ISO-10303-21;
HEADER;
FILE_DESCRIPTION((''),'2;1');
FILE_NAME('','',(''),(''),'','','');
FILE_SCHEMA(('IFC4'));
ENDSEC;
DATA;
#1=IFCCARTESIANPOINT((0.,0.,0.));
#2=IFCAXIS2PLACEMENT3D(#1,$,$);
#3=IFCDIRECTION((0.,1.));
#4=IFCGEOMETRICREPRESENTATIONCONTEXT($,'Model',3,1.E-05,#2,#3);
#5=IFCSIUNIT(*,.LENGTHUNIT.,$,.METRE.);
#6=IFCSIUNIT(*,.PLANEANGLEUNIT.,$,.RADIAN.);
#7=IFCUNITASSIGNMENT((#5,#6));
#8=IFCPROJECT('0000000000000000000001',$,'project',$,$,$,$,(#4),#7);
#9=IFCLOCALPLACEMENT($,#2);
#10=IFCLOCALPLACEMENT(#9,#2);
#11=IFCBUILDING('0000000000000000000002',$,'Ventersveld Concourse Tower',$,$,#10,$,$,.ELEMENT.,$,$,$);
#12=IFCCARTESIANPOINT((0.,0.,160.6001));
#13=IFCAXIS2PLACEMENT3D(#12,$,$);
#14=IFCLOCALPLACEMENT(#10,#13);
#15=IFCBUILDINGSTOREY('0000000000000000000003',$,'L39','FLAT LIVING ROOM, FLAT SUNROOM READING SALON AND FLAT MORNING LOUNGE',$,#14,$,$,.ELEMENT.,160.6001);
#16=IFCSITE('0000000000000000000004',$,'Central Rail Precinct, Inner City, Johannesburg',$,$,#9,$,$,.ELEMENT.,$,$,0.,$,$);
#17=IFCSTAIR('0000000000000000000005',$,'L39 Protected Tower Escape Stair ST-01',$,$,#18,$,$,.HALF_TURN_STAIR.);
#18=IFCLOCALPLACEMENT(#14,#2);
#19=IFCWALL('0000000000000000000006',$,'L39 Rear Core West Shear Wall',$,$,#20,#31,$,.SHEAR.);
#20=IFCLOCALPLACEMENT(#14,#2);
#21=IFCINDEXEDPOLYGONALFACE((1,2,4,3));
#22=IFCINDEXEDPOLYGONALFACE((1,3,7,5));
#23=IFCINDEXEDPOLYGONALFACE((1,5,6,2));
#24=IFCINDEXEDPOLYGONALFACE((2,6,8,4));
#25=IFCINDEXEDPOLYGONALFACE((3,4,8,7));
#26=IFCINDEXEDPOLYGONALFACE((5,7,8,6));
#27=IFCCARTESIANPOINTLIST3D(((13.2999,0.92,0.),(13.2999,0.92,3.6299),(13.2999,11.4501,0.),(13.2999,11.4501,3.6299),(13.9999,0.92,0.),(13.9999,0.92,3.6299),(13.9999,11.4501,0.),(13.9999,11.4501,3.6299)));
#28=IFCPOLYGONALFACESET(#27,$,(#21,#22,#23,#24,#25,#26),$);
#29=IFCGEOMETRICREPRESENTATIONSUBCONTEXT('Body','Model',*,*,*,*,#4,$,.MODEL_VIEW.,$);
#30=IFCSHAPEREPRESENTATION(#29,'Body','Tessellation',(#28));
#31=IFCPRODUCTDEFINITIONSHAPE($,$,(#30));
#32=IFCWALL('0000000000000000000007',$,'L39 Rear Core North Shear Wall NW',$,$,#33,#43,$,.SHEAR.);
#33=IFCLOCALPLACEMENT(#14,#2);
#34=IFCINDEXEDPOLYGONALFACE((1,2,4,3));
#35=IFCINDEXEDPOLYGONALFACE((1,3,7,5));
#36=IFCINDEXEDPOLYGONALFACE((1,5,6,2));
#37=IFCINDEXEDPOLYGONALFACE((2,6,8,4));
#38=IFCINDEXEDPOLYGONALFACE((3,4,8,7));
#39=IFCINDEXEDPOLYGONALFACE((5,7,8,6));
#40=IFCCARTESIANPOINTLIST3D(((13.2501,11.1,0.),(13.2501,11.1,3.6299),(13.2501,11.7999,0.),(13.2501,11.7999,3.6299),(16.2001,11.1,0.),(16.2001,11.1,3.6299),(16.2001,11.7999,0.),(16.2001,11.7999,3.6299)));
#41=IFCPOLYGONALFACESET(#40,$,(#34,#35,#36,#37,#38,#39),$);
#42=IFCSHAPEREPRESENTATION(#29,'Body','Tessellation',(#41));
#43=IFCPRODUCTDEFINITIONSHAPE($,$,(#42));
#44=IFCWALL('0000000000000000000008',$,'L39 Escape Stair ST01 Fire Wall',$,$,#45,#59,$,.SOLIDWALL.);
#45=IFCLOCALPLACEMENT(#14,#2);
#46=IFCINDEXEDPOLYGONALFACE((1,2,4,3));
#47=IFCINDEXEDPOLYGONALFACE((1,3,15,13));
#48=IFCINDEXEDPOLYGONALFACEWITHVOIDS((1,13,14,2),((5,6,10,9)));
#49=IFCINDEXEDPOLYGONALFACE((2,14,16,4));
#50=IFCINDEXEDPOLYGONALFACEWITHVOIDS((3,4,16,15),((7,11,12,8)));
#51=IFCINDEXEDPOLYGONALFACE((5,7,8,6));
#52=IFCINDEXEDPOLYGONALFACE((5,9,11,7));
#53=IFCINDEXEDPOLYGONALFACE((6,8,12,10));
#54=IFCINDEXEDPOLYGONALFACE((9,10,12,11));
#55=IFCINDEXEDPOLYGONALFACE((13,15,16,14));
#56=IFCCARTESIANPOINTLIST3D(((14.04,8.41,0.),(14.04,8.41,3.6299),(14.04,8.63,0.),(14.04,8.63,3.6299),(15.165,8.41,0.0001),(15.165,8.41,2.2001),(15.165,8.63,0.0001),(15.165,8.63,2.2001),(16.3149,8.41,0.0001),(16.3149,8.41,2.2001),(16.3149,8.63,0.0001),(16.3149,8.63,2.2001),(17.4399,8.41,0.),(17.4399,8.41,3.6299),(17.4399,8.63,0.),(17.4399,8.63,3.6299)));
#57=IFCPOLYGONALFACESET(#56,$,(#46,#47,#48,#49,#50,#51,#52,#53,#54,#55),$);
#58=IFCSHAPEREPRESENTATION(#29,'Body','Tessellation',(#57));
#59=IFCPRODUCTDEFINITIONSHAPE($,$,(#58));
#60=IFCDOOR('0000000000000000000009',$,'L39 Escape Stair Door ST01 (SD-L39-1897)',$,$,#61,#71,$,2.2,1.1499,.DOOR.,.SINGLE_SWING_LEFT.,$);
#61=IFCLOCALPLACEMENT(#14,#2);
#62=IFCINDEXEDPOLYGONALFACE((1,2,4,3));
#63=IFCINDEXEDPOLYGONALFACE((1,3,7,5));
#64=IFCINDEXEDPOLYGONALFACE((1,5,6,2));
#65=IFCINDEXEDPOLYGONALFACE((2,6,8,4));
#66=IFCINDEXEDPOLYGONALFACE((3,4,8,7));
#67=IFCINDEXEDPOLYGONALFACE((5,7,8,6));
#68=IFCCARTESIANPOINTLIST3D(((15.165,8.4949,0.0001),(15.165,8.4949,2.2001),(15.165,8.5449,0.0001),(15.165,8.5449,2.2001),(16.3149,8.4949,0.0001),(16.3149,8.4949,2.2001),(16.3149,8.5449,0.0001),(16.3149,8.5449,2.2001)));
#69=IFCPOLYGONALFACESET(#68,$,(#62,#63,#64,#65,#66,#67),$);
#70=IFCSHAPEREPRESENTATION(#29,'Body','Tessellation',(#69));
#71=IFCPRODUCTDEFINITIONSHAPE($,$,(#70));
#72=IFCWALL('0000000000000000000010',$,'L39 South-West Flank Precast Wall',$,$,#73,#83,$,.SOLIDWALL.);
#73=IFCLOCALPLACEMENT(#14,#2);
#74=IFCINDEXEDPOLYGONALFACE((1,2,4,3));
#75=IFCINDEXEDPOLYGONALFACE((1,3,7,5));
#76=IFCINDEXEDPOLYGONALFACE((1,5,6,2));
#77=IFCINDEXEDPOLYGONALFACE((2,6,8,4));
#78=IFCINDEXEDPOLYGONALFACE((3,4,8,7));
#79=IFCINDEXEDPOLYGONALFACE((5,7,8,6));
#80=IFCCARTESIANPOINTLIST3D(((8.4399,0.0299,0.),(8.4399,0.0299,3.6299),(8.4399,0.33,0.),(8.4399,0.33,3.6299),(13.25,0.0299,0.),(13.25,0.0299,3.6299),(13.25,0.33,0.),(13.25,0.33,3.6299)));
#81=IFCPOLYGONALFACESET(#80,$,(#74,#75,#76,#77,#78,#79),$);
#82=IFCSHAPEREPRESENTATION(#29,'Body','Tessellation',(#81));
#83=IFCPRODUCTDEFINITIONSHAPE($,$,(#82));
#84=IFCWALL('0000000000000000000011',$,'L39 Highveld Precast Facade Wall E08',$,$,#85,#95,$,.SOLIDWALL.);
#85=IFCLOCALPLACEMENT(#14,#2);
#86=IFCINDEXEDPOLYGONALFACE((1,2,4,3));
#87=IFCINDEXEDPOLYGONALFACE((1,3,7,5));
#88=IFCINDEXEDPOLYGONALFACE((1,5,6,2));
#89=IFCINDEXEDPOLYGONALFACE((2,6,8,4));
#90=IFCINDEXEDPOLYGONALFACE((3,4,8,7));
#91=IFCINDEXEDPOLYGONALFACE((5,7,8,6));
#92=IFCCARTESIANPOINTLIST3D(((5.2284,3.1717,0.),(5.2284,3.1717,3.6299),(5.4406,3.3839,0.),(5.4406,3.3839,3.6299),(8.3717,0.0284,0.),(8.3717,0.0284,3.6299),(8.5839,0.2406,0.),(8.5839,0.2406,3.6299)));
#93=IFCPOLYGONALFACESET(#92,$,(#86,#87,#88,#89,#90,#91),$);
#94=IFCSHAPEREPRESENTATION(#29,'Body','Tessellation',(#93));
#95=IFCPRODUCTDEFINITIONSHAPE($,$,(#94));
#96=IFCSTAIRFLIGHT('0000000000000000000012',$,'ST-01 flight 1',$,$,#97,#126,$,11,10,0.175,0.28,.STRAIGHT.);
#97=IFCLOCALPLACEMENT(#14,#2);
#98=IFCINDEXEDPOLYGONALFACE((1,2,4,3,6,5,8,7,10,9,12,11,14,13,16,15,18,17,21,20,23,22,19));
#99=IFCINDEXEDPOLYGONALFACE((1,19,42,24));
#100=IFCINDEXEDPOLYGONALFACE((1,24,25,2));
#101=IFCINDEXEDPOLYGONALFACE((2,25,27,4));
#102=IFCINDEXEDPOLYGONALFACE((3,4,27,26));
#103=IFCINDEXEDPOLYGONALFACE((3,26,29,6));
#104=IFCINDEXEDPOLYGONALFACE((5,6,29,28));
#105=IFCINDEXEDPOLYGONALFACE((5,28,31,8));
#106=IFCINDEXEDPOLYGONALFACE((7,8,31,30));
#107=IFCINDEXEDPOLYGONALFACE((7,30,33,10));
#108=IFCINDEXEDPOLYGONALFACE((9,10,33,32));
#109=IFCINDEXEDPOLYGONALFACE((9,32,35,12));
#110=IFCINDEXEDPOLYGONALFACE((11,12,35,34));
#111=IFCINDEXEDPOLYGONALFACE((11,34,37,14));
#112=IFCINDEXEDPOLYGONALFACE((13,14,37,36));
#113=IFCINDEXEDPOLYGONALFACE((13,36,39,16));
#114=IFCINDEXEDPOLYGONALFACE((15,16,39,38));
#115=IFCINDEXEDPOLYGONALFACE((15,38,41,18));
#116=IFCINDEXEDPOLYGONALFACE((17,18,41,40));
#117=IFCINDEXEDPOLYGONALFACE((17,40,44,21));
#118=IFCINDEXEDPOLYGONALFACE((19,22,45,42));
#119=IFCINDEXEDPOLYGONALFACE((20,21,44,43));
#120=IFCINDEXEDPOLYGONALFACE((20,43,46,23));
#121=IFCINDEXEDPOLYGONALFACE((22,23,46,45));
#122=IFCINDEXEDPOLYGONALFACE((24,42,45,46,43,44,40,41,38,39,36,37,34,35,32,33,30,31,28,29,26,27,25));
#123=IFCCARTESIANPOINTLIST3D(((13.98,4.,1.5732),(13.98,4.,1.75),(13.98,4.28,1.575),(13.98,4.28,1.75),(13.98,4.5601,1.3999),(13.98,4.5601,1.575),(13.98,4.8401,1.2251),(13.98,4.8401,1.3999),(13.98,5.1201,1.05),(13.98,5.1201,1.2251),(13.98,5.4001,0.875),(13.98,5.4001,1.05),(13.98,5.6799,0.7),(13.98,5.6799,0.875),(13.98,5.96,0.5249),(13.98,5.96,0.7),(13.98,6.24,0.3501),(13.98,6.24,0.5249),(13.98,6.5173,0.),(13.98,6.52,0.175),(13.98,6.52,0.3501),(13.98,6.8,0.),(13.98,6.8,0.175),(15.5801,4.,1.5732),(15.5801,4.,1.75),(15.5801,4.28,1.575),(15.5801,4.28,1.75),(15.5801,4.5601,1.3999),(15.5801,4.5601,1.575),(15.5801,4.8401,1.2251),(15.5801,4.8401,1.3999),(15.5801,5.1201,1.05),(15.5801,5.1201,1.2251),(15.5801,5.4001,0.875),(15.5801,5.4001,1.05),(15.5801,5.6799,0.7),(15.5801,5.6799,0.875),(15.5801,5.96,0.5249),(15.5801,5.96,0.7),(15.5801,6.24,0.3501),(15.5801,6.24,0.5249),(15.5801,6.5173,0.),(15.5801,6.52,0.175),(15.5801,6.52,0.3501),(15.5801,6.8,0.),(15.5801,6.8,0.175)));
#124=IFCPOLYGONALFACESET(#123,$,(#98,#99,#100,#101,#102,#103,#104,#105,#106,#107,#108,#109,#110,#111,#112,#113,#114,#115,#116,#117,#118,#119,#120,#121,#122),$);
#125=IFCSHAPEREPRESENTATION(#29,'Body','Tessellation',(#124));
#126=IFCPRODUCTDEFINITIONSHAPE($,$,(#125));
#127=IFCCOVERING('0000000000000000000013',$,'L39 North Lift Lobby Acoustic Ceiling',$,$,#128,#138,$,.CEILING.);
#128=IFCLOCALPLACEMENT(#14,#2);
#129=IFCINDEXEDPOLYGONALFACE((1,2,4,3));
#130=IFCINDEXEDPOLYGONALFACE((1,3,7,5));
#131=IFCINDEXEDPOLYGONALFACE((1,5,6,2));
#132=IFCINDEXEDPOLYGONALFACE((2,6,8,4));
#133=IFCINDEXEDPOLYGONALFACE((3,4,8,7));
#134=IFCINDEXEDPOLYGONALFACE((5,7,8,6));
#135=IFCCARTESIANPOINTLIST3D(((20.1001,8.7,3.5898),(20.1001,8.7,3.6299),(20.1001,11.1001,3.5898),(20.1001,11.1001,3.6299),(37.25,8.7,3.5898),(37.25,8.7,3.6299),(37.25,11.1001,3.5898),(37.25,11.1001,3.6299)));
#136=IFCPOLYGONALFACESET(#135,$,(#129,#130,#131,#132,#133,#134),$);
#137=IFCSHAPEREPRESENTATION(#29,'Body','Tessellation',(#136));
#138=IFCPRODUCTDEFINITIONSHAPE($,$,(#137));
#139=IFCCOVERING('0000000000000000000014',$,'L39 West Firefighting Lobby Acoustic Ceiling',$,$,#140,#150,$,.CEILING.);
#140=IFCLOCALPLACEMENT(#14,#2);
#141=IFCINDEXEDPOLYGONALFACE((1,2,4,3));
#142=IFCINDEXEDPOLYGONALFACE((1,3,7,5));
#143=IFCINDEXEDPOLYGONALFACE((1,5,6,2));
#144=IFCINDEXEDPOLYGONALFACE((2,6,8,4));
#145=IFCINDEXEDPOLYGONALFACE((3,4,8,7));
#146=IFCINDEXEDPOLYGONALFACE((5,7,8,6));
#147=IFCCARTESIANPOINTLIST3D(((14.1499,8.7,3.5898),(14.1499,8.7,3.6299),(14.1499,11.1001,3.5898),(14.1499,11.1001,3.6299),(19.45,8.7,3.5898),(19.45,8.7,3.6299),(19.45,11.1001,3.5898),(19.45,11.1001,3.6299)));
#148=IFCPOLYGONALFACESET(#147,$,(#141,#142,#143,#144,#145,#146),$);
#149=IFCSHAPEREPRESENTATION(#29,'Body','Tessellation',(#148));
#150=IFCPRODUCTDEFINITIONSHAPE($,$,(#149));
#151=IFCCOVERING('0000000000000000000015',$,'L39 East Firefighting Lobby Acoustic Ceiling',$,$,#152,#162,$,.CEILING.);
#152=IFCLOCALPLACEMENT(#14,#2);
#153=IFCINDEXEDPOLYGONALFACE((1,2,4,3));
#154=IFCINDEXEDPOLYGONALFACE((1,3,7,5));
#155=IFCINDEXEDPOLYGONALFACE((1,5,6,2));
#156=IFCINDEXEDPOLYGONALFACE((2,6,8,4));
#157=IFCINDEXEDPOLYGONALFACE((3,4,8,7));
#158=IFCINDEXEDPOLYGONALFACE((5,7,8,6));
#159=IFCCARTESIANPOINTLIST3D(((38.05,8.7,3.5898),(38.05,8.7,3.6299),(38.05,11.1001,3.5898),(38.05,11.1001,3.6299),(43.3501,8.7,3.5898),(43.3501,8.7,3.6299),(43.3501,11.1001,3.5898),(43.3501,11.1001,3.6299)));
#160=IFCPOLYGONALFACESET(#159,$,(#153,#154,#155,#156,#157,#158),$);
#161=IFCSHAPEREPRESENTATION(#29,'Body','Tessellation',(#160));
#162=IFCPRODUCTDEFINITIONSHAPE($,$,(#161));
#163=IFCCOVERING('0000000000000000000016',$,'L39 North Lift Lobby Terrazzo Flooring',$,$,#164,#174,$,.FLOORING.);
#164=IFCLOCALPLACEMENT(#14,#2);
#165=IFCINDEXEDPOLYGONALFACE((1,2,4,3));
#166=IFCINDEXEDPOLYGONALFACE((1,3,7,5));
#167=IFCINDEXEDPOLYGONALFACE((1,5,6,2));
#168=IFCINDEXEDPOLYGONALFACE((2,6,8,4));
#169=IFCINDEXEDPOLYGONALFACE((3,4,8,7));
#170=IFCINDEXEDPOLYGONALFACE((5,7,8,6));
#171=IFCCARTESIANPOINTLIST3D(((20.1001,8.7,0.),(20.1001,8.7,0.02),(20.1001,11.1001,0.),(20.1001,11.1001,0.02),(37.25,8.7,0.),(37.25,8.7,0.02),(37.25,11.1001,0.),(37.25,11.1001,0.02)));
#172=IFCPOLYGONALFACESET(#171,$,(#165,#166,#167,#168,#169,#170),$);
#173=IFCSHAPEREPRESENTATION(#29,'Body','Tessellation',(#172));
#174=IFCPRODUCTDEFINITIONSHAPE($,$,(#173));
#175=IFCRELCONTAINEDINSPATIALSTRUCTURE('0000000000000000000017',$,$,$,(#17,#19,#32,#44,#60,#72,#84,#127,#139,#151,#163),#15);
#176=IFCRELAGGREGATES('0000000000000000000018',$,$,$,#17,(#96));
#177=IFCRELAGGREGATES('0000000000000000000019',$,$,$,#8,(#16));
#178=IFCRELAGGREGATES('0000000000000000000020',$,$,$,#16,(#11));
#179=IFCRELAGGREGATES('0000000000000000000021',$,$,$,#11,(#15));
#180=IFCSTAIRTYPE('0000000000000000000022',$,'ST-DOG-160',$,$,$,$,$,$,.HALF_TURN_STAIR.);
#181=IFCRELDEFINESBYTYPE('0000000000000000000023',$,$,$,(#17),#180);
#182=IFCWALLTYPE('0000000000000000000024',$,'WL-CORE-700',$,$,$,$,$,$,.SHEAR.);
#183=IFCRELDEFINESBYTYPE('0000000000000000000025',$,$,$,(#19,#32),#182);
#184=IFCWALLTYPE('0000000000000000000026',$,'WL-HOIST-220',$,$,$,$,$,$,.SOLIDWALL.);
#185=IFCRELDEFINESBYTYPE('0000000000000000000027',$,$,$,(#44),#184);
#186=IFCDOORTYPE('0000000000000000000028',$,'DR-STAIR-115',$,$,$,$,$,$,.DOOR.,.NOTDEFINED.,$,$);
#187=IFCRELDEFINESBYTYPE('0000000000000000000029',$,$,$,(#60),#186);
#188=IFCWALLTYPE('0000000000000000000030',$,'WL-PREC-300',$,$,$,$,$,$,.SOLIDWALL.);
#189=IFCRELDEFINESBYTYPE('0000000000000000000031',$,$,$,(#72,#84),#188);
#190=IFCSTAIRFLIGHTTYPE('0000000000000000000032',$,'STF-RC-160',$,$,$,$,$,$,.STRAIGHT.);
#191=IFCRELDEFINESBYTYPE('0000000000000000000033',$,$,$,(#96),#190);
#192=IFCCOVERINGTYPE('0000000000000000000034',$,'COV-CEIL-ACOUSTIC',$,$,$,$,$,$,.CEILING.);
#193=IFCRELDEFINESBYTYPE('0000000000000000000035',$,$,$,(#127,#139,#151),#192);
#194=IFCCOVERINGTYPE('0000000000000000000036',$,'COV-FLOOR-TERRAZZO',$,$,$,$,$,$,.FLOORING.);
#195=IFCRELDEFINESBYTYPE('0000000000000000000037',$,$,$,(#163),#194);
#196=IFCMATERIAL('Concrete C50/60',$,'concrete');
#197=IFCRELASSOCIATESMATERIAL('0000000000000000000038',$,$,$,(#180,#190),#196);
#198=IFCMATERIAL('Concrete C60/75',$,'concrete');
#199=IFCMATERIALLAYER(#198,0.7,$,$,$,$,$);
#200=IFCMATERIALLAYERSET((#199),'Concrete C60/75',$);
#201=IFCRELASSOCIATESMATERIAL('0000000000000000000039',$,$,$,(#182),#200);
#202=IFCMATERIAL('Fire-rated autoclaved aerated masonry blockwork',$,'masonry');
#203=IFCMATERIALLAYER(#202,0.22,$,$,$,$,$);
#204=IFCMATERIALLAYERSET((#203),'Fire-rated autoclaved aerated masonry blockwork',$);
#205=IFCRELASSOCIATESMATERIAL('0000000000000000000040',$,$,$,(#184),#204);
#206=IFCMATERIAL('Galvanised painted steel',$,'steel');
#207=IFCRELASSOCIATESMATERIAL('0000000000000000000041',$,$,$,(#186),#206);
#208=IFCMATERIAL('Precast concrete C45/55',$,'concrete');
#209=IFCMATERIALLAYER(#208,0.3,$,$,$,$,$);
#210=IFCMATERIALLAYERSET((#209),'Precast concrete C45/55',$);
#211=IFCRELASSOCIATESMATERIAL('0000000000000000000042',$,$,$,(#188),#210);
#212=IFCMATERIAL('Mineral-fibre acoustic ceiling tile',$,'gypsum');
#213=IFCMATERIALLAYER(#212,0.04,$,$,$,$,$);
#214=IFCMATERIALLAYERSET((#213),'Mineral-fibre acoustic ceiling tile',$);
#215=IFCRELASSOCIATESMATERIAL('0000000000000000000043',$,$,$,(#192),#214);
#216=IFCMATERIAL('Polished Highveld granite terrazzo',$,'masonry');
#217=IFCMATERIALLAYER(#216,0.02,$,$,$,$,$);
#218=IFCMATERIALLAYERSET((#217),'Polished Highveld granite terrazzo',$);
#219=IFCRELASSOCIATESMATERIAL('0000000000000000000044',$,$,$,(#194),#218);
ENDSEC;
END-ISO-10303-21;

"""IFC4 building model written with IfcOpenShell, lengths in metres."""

from ifc_helpers import new_model, si_unit, direction, frame, frame_2d, origin, place, context, subcontext, project, spatial, polyline, rectangle, outline, extrude, material, layer, layer_set, type_object, element, fill, aggregate, save


model = new_model("IFC4")

# Units and contexts
model_context = context("Model", 3, precision=1e-05, world=origin(), true_north=direction((0.0, 1.0)))
body_context = subcontext(model_context, "Body", "Model", "MODEL_VIEW")
ifc_project = project(units=[si_unit("LENGTHUNIT", "METRE"), si_unit("PLANEANGLEUNIT", "RADIAN")], contexts=[model_context])

# Site, building, storey
site_placement = place(None, origin())
site = spatial("IfcSite", under=ifc_project, at=site_placement, Name="Central Rail Precinct, Inner City, Johannesburg", CompositionType="ELEMENT", RefElevation=0.0)
building_placement = place(site_placement, origin())
building = spatial("IfcBuilding", under=site, at=building_placement, Name="Ventersveld Concourse Tower", CompositionType="ELEMENT")
storey_placement = place(building_placement, frame((0.0, 0.0, 160.6001)))
storey = spatial("IfcBuildingStorey", under=building, at=storey_placement, Name="L39", Description="FLAT LIVING ROOM, FLAT SUNROOM READING SALON AND FLAT MORNING LOUNGE", CompositionType="ELEMENT", Elevation=160.6001)

# Shared definitions
ifc_material_1 = material(Name="Concrete C50/60", Category="concrete")

# Stair
stair_type_1 = type_object("IfcStairType", Name="ST-DOG-160", PredefinedType="HALF_TURN_STAIR", material=ifc_material_1)
stair_1_placement = place(storey_placement, origin())
stair_1 = element("IfcStair", 1, at=stair_1_placement, inside=storey, type_object=stair_type_1, Name="L39 Protected Tower Escape Stair ST-01", PredefinedType="HALF_TURN_STAIR")

# Walls
ifc_material_2 = material(Name="Concrete C60/75", Category="concrete")
ifc_layer_1 = layer(ifc_material_2, 0.7)
ifc_layer_set_1 = layer_set([ifc_layer_1], Name="Concrete C60/75")
wall_type_1 = type_object("IfcWallType", Name="WL-CORE-700", PredefinedType="SHEAR", material=ifc_layer_set_1)
wall_1_placement = place(storey_placement, frame((13.6499, 0.9199, 0.0), z_axis=(0.0, 0.0, 1.0), x_axis=(0.0, 1.0, 0.0)))
element("IfcWall", 2, at=wall_1_placement, inside=storey, type_object=wall_type_1, Name="L39 Rear Core West Shear Wall", PredefinedType="SHEAR", context=body_context, shape_type="SweptSolid", body=[
    extrude(rectangle(XDim=10.53, YDim=0.7, at=frame_2d((5.2651, 0.0))), origin(), (0.0, 0.0, 1.0), 3.6299),
])
wall_2_placement = place(storey_placement, frame((13.25, 11.45, 0.0), z_axis=(0.0, 0.0, 1.0), x_axis=(1.0, 0.0, 0.0)))
element("IfcWall", 3, at=wall_2_placement, inside=storey, type_object=wall_type_1, Name="L39 Rear Core North Shear Wall NW", PredefinedType="SHEAR", context=body_context, shape_type="SweptSolid", body=[
    extrude(rectangle(XDim=2.95, YDim=0.7, at=frame_2d((1.4751, 0.0))), origin(), (0.0, 0.0, 1.0), 3.6299),
])

# Wall, opening, door
ifc_material_3 = material(Name="Fire-rated autoclaved aerated masonry blockwork", Category="masonry")
ifc_layer_2 = layer(ifc_material_3, 0.22)
ifc_layer_set_2 = layer_set([ifc_layer_2], Name="Fire-rated autoclaved aerated masonry blockwork")
wall_type_2 = type_object("IfcWallType", Name="WL-HOIST-220", PredefinedType="SOLIDWALL", material=ifc_layer_set_2)
wall_3_placement = place(storey_placement, frame((14.04, 8.52, 0.0), z_axis=(0.0, 0.0, 1.0), x_axis=(1.0, 0.0, 0.0)))
wall_3 = element("IfcWall", 4, at=wall_3_placement, inside=storey, type_object=wall_type_2, Name="L39 Escape Stair ST01 Fire Wall", PredefinedType="SOLIDWALL", context=body_context, shape_type="SweptSolid", body=[
    extrude(rectangle(XDim=3.3999, YDim=0.22, at=frame_2d((1.7, 0.0))), origin(), (0.0, 0.0, 1.0), 3.6299),
])
opening_placement = place(wall_3_placement, frame((1.125, 0.0, 0.0)))
opening = element("IfcOpeningElement", 5, at=opening_placement, cuts=wall_3, PredefinedType="OPENING", context=body_context, shape_type="SweptSolid", body=[
    extrude(rectangle(XDim=1.1499, YDim=2.2, at=frame_2d((0.575, 1.1001))), frame((0.0, 0.1201, 0.0), z_axis=(0.0, -1.0, 0.0), x_axis=(1.0, 0.0, 0.0)), (0.0, 0.0, 1.0), 0.24),
])
ifc_material_4 = material(Name="Galvanised painted steel", Category="steel")
door_type = type_object("IfcDoorType", Name="DR-STAIR-115", OperationType="NOTDEFINED", PredefinedType="DOOR", material=ifc_material_4)
door_placement = place(opening_placement, origin())
door = element("IfcDoor", 6, at=door_placement, inside=storey, type_object=door_type, Name="L39 Escape Stair Door ST01 (SD-L39-1897)", OperationType="SINGLE_SWING_LEFT", OverallHeight=2.2, OverallWidth=1.1499, PredefinedType="DOOR", context=body_context, shape_type="SweptSolid", body=[
    extrude(rectangle(XDim=1.1499, YDim=2.2, at=frame_2d((0.575, 1.1001))), frame((0.0, 0.0249, 0.0), z_axis=(0.0, -1.0, 0.0), x_axis=(1.0, 0.0, 0.0)), (0.0, 0.0, 1.0), 0.05),
])
fill(opening, door)

# Walls
ifc_material_5 = material(Name="Precast concrete C45/55", Category="concrete")
ifc_layer_3 = layer(ifc_material_5, 0.3)
ifc_layer_set_3 = layer_set([ifc_layer_3], Name="Precast concrete C45/55")
wall_type_3 = type_object("IfcWallType", Name="WL-PREC-300", PredefinedType="SOLIDWALL", material=ifc_layer_set_3)
wall_4_placement = place(storey_placement, frame((8.4399, 0.1799, 0.0), z_axis=(0.0, 0.0, 1.0), x_axis=(1.0, 0.0, 0.0)))
element("IfcWall", 7, at=wall_4_placement, inside=storey, type_object=wall_type_3, Name="L39 South-West Flank Precast Wall", PredefinedType="SOLIDWALL", context=body_context, shape_type="SweptSolid", body=[
    extrude(rectangle(XDim=4.8101, YDim=0.3, at=frame_2d((2.405, 0.0))), origin(), (0.0, 0.0, 1.0), 3.6299),
])
wall_5_placement = place(storey_placement, frame((5.3345, 3.2778, 0.0), z_axis=(0.0, 0.0, 1.0), x_axis=(0.707107, -0.707107, 0.0)))
element("IfcWall", 8, at=wall_5_placement, inside=storey, type_object=wall_type_3, Name="L39 Highveld Precast Facade Wall E08", PredefinedType="SOLIDWALL", context=body_context, shape_type="SweptSolid", body=[
    extrude(rectangle(XDim=4.4453, YDim=0.3, at=frame_2d((2.2227, 0.0))), origin(), (0.0, 0.0, 1.0), 3.6299),
])

# Stair flight
stair_flight_type = type_object("IfcStairFlightType", Name="STF-RC-160", PredefinedType="STRAIGHT", material=ifc_material_1)
stair_flight_placement = place(storey_placement, frame((14.78, 6.8, 0.0), z_axis=(0.0, 0.0, 1.0), x_axis=(0.0, -1.0, 0.0)))
stair_flight = element("IfcStairFlight", 9, at=stair_flight_placement, type_object=stair_flight_type, Name="ST-01 flight 1", NumberOfRisers=11, NumberOfTreads=10, PredefinedType="STRAIGHT", RiserHeight=0.175, TreadLength=0.28, context=body_context, shape_type="SweptSolid", body=[
    extrude(outline(polyline([(0.0, 0.0), (0.0, 0.175), (0.28, 0.175), (0.28, 0.3501), (0.5601, 0.3501), (0.5601, 0.5249), (0.8401, 0.5249), (0.8401, 0.7), (1.1201, 0.7), (1.1201, 0.875), (1.3999, 0.875), (1.3999, 1.05), (1.6799, 1.05), (1.6799, 1.2251), (1.96, 1.2251), (1.96, 1.3999), (2.24, 1.3999), (2.24, 1.575), (2.52, 1.575), (2.52, 1.75), (2.8, 1.75), (2.8, 1.925), (2.8, 1.5732), (0.2827, 0.0), (0.0, 0.0)])), frame((0.0, 0.8, 0.0), z_axis=(0.0, -1.0, 0.0), x_axis=(1.0, 0.0, 0.0)), (0.0, 0.0, 1.0), 1.6001),
])
aggregate(stair_1, [stair_flight])

# Coverings
ifc_material_6 = material(Name="Mineral-fibre acoustic ceiling tile", Category="gypsum")
ifc_layer_4 = layer(ifc_material_6, 0.04)
ifc_layer_set_4 = layer_set([ifc_layer_4], Name="Mineral-fibre acoustic ceiling tile")
covering_type_1 = type_object("IfcCoveringType", Name="COV-CEIL-ACOUSTIC", PredefinedType="CEILING", material=ifc_layer_set_4)
covering_1_placement = place(storey_placement, frame((0.0, 0.0, 3.5898)))
element("IfcCovering", 10, at=covering_1_placement, inside=storey, type_object=covering_type_1, Name="L39 North Lift Lobby Acoustic Ceiling", PredefinedType="CEILING", context=body_context, shape_type="SweptSolid", body=[
    extrude(outline(polyline([(20.1001, 8.7), (37.25, 8.7), (37.25, 11.1001), (20.1001, 11.1001), (20.1001, 8.7)])), origin(), (0.0, 0.0, 1.0), 0.04),
])
covering_2_placement = place(storey_placement, frame((0.0, 0.0, 3.5898)))
element("IfcCovering", 11, at=covering_2_placement, inside=storey, type_object=covering_type_1, Name="L39 West Firefighting Lobby Acoustic Ceiling", PredefinedType="CEILING", context=body_context, shape_type="SweptSolid", body=[
    extrude(outline(polyline([(14.1499, 8.7), (19.45, 8.7), (19.45, 11.1001), (14.1499, 11.1001), (14.1499, 8.7)])), origin(), (0.0, 0.0, 1.0), 0.04),
])
covering_3_placement = place(storey_placement, frame((0.0, 0.0, 3.5898)))
element("IfcCovering", 12, at=covering_3_placement, inside=storey, type_object=covering_type_1, Name="L39 East Firefighting Lobby Acoustic Ceiling", PredefinedType="CEILING", context=body_context, shape_type="SweptSolid", body=[
    extrude(outline(polyline([(38.05, 8.7), (43.3501, 8.7), (43.3501, 11.1001), (38.05, 11.1001), (38.05, 8.7)])), origin(), (0.0, 0.0, 1.0), 0.04),
])
ifc_material_7 = material(Name="Polished Highveld granite terrazzo", Category="masonry")
ifc_layer_5 = layer(ifc_material_7, 0.02)
ifc_layer_set_5 = layer_set([ifc_layer_5], Name="Polished Highveld granite terrazzo")
covering_type_2 = type_object("IfcCoveringType", Name="COV-FLOOR-TERRAZZO", PredefinedType="FLOORING", material=ifc_layer_set_5)
covering_4_placement = place(storey_placement, origin())
element("IfcCovering", 13, at=covering_4_placement, inside=storey, type_object=covering_type_2, Name="L39 North Lift Lobby Terrazzo Flooring", PredefinedType="FLOORING", context=body_context, shape_type="SweptSolid", body=[
    extrude(outline(polyline([(20.1001, 8.7), (37.25, 8.7), (37.25, 11.1001), (20.1001, 11.1001), (20.1001, 8.7)])), origin(), (0.0, 0.0, 1.0), 0.02),
])

save(model, "model.ifc")
